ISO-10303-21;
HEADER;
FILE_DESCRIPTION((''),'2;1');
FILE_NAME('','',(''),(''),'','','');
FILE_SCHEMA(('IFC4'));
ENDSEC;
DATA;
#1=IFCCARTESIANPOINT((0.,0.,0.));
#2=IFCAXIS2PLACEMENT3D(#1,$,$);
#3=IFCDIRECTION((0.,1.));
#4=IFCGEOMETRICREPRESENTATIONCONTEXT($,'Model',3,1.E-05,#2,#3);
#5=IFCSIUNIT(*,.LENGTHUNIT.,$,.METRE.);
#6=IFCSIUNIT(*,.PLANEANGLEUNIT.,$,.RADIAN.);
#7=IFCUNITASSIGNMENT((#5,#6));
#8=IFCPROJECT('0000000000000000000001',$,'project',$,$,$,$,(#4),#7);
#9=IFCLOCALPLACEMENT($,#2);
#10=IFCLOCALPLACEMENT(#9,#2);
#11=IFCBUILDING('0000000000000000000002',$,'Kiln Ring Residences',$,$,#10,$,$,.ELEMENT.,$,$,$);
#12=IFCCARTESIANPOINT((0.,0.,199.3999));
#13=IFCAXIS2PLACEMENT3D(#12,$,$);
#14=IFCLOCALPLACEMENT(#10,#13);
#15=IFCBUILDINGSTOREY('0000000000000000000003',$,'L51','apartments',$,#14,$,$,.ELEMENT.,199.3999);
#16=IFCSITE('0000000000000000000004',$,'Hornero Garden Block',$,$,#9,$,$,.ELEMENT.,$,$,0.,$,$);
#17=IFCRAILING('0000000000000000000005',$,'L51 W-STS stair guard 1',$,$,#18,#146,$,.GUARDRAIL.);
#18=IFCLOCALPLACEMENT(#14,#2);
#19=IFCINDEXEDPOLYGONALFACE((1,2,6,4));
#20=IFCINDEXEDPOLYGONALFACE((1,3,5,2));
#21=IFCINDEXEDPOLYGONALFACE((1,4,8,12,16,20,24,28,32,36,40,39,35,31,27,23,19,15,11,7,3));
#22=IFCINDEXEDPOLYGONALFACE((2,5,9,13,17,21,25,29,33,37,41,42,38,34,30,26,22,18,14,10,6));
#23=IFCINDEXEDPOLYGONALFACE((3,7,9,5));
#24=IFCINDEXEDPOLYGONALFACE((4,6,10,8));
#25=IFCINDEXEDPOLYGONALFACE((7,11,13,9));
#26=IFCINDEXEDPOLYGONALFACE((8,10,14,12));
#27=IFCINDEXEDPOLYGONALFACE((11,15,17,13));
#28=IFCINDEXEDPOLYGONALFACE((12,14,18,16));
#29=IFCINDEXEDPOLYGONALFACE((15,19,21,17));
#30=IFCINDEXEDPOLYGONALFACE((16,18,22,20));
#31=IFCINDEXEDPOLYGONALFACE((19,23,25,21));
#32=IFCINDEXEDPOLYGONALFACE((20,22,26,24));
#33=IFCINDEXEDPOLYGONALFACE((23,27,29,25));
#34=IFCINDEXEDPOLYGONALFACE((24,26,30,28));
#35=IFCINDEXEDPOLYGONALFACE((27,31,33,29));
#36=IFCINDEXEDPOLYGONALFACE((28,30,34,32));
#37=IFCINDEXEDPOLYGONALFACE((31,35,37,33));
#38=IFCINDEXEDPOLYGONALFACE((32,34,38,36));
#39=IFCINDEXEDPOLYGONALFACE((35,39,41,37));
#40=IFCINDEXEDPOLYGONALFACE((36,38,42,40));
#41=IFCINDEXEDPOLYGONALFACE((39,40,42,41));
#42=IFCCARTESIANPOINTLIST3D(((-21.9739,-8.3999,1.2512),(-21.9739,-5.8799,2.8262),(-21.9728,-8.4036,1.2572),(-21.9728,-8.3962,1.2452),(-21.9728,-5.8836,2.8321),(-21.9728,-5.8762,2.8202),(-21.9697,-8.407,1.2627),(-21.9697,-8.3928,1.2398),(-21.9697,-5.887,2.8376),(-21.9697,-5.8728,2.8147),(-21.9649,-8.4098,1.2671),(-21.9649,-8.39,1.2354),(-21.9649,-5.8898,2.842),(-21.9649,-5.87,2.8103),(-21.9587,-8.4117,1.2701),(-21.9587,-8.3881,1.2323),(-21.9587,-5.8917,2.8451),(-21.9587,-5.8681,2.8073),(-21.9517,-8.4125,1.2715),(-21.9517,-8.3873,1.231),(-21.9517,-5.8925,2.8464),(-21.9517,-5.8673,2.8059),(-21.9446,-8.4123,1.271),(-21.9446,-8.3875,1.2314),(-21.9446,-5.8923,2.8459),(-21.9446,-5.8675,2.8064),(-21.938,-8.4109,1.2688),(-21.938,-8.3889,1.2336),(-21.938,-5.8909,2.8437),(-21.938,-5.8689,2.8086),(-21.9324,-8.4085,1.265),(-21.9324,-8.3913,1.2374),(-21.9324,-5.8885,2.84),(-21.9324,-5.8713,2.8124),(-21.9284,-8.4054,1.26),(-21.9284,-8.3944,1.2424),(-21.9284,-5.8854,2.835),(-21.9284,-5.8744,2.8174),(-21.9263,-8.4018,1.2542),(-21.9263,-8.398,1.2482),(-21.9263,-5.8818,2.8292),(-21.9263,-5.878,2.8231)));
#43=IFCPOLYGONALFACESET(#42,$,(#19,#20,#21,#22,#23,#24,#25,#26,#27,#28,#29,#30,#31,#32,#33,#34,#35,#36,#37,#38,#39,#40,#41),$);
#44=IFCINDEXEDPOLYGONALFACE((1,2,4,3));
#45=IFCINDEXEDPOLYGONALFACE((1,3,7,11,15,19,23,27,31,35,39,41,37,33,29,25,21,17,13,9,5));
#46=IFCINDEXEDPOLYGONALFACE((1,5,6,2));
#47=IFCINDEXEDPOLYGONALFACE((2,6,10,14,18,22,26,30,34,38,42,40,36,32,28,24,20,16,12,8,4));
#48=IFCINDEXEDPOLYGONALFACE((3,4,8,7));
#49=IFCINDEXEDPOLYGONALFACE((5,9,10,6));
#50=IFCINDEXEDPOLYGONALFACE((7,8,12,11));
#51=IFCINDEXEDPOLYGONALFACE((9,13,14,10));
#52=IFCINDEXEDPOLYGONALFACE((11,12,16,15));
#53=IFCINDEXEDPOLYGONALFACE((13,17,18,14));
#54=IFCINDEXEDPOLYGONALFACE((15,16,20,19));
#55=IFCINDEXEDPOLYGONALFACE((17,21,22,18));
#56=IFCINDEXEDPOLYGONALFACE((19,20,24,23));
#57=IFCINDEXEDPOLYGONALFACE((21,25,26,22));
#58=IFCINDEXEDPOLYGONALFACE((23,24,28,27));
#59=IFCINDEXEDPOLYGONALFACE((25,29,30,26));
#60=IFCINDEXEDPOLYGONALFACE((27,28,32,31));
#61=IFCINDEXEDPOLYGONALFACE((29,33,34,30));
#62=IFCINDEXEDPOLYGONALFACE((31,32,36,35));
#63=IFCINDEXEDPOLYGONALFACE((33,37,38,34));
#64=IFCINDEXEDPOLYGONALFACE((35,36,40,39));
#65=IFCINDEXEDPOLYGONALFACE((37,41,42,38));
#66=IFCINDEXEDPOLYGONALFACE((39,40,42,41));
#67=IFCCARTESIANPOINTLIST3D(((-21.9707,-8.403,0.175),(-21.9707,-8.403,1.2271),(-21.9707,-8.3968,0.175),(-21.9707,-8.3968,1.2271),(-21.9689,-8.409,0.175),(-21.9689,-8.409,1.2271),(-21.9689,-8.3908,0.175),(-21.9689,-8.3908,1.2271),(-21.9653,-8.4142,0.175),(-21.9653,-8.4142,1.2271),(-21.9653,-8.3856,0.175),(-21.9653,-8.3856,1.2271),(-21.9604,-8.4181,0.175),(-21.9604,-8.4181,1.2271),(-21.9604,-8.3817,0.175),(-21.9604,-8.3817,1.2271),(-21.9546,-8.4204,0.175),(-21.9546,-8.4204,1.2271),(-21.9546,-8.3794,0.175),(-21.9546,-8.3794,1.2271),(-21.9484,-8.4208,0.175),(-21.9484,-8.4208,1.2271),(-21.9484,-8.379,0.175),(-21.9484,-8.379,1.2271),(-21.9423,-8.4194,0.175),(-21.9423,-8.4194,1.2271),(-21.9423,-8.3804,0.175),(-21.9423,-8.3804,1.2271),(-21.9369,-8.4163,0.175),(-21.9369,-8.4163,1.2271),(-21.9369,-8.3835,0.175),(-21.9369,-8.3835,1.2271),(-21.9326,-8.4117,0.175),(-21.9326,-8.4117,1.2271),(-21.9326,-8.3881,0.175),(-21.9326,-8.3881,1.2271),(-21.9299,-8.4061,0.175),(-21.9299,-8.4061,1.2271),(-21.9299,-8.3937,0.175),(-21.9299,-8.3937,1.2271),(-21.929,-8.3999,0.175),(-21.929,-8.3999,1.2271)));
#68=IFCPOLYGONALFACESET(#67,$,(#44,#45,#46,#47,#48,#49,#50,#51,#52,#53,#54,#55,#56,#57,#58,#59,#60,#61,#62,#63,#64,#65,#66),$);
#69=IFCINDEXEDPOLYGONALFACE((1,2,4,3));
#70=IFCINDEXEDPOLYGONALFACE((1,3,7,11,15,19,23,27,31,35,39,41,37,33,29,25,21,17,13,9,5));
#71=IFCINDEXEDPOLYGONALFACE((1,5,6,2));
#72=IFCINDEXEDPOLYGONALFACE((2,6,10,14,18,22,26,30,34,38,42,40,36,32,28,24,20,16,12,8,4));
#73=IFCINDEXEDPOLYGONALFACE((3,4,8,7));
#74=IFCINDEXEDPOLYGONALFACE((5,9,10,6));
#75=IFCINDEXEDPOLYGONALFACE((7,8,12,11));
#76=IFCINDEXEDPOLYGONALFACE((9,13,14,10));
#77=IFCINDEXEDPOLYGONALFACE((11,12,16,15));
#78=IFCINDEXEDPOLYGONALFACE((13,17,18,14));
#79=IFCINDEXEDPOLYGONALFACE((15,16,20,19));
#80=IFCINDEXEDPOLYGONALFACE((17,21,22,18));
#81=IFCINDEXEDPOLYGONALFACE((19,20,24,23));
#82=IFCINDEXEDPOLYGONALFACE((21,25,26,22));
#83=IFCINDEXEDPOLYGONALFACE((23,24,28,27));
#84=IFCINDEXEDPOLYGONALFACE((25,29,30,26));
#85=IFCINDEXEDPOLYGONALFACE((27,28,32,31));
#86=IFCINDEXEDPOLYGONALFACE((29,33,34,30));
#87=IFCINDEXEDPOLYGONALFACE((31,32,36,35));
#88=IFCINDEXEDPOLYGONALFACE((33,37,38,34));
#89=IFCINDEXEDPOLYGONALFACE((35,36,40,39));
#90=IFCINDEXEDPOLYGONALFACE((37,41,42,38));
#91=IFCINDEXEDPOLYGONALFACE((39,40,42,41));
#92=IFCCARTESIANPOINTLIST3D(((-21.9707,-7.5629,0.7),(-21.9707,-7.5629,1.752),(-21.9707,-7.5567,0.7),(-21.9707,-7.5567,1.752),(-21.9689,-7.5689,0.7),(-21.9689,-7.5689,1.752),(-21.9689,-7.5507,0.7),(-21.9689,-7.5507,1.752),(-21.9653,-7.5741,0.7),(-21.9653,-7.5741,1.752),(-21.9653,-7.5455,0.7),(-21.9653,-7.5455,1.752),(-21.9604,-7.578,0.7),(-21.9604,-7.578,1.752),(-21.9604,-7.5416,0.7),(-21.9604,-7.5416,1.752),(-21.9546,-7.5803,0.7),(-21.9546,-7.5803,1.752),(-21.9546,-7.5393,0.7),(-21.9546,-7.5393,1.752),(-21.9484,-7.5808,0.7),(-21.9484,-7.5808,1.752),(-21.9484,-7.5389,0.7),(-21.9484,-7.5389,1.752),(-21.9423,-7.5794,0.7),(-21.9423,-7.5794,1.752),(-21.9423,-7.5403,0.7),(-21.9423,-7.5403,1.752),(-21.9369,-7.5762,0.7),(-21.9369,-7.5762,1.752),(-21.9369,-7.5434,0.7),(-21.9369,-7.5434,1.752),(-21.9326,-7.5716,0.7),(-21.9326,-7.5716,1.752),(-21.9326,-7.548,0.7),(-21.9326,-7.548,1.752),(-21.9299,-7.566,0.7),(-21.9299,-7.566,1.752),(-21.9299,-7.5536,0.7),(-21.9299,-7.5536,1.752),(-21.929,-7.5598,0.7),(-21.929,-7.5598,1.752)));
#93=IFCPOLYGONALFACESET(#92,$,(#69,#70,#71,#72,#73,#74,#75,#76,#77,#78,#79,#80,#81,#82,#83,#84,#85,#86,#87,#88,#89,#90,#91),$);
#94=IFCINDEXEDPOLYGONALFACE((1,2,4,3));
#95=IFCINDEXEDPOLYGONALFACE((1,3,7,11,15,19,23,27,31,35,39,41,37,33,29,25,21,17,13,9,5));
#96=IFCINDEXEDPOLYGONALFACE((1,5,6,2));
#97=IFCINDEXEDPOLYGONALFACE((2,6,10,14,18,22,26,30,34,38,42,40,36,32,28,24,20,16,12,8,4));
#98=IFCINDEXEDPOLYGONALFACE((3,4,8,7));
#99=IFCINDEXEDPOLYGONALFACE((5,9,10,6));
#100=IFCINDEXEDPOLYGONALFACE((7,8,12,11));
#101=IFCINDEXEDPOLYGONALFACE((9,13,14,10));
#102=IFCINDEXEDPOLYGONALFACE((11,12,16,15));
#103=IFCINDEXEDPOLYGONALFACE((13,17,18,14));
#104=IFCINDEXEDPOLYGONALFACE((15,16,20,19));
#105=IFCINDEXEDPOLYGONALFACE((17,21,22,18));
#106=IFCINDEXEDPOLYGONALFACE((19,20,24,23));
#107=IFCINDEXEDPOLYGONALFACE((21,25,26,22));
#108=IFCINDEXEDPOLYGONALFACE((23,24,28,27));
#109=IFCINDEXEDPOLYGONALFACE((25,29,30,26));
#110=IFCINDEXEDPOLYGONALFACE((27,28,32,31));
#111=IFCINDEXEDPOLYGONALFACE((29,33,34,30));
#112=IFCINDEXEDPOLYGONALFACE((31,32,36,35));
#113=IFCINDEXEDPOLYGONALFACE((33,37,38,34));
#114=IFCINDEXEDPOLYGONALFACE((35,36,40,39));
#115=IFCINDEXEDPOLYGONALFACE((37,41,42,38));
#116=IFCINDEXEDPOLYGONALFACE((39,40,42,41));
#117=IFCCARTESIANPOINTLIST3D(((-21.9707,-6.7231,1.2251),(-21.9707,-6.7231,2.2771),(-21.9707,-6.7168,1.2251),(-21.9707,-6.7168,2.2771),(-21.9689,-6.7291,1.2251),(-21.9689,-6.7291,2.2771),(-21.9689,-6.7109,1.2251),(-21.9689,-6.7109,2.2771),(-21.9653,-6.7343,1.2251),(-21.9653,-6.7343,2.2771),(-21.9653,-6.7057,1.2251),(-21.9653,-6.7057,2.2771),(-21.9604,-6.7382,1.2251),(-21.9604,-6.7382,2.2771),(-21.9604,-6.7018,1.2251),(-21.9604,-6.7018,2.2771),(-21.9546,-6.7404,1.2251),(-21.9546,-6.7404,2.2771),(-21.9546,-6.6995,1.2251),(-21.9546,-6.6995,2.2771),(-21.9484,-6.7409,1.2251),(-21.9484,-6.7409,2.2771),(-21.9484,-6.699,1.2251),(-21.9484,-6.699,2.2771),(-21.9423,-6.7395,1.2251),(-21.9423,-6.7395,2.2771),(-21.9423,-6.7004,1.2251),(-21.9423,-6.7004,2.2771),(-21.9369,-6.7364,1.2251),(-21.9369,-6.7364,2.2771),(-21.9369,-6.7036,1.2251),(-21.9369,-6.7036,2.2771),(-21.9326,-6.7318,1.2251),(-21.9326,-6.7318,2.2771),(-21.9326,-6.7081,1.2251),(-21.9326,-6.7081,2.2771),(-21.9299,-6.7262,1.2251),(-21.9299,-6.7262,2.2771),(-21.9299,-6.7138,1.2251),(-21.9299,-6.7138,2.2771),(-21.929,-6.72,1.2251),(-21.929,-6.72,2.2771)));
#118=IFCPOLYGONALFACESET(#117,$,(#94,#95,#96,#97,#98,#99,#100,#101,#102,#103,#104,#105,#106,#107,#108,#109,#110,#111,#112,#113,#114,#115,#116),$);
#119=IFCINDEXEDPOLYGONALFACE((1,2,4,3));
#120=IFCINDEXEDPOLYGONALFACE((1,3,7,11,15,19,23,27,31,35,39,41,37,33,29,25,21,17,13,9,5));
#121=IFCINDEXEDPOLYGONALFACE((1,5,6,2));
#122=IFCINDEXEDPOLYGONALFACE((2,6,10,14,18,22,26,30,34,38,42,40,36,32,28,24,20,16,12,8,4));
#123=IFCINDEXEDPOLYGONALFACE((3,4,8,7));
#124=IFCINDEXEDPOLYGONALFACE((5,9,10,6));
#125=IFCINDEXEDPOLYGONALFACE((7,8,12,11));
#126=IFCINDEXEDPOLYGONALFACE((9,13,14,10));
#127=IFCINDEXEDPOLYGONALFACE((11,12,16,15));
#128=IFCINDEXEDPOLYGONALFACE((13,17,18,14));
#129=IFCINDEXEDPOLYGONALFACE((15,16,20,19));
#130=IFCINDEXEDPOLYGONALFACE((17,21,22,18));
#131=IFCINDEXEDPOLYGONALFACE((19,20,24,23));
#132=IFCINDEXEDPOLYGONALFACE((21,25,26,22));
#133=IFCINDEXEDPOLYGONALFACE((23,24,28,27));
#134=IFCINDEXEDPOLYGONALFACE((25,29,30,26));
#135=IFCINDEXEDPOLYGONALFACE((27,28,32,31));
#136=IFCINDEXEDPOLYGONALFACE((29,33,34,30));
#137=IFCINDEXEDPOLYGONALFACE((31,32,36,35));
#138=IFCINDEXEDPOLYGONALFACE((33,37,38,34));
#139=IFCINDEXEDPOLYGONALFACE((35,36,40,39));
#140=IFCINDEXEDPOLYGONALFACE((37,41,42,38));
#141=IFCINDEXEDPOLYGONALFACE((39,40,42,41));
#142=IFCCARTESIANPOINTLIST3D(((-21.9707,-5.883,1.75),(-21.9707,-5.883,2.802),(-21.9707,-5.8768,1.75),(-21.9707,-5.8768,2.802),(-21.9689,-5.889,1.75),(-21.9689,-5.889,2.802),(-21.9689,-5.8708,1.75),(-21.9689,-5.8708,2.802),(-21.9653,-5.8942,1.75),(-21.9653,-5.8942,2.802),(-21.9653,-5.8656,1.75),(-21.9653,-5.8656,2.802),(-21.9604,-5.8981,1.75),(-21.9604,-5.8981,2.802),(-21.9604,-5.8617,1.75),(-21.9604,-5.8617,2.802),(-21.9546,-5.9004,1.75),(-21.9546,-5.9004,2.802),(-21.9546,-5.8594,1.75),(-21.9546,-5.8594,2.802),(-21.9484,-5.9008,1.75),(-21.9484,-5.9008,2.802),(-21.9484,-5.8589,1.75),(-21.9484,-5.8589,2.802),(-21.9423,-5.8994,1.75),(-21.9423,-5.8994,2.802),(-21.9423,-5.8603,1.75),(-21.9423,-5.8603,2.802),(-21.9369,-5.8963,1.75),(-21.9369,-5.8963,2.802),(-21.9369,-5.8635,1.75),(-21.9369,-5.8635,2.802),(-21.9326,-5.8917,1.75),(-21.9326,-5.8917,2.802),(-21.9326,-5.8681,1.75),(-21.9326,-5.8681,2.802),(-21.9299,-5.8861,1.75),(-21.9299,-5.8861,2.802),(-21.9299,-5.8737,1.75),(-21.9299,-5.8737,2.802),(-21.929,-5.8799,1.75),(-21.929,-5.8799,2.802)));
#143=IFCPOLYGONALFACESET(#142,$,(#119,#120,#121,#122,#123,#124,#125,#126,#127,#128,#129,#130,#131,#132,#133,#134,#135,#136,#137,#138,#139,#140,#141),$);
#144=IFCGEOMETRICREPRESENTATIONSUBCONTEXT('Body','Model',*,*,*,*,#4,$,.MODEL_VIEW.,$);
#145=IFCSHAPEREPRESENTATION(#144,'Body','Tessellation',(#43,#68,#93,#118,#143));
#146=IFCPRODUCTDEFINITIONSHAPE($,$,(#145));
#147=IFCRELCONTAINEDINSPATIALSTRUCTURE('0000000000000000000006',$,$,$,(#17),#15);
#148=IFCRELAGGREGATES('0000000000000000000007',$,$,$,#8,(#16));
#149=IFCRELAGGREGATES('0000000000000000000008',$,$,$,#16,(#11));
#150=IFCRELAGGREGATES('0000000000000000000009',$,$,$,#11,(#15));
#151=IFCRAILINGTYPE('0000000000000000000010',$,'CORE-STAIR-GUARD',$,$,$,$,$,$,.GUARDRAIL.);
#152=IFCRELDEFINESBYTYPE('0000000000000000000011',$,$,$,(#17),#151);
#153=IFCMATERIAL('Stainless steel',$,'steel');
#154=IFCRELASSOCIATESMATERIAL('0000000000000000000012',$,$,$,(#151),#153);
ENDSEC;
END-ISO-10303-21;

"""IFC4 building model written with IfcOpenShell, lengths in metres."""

from ifc_helpers import new_model, si_unit, direction, frame, origin, origin_2d, place, context, subcontext, project, spatial, circle, extrude, material, type_object, element, save


model = new_model("IFC4")

# Units and contexts
model_context = context("Model", 3, precision=1e-05, world=origin(), true_north=direction((0.0, 1.0)))
body_context = subcontext(model_context, "Body", "Model", "MODEL_VIEW")
ifc_project = project(units=[si_unit("LENGTHUNIT", "METRE"), si_unit("PLANEANGLEUNIT", "RADIAN")], contexts=[model_context])

# Site, building, storey
site_placement = place(None, origin())
site = spatial("IfcSite", under=ifc_project, at=site_placement, Name="Hornero Garden Block", CompositionType="ELEMENT", RefElevation=0.0)
building_placement = place(site_placement, origin())
building = spatial("IfcBuilding", under=site, at=building_placement, Name="Kiln Ring Residences", CompositionType="ELEMENT")
storey_placement = place(building_placement, frame((0.0, 0.0, 199.3999)))
storey = spatial("IfcBuildingStorey", under=building, at=storey_placement, Name="L51", Description="apartments", CompositionType="ELEMENT", Elevation=199.3999)

# Railing
ifc_material_1 = material(Name="Stainless steel", Category="steel")
railing_type_1 = type_object("IfcRailingType", Name="CORE-STAIR-GUARD", PredefinedType="GUARDRAIL", material=ifc_material_1)
railing_1_placement = place(storey_placement, frame((-21.95, -8.3999, 0.175)))
element("IfcRailing", 1, at=railing_1_placement, inside=storey, type_object=railing_type_1, Name="L51 W-STS stair guard 1", PredefinedType="GUARDRAIL", context=body_context, shape_type="SweptSolid", body=[
    extrude(circle(Radius=0.0239, at=origin_2d()), frame((0.0, 0.0, 1.0762), z_axis=(0.0, 0.848008, 0.529984), x_axis=(-1.0, 0.0, 0.0)), (0.0, 0.0, 1.0), 2.9717),
    extrude(circle(Radius=0.021, at=origin_2d()), origin(), (0.0, 0.0, 1.0), 1.052),
    extrude(circle(Radius=0.021, at=origin_2d()), frame((0.0, 0.8401, 0.5249)), (0.0, 0.0, 1.0), 1.052),
    extrude(circle(Radius=0.021, at=origin_2d()), frame((0.0, 1.6799, 1.05)), (0.0, 0.0, 1.0), 1.052),
    extrude(circle(Radius=0.021, at=origin_2d()), frame((0.0, 2.52, 1.575)), (0.0, 0.0, 1.0), 1.052),
])

save(model, "model.ifc")
